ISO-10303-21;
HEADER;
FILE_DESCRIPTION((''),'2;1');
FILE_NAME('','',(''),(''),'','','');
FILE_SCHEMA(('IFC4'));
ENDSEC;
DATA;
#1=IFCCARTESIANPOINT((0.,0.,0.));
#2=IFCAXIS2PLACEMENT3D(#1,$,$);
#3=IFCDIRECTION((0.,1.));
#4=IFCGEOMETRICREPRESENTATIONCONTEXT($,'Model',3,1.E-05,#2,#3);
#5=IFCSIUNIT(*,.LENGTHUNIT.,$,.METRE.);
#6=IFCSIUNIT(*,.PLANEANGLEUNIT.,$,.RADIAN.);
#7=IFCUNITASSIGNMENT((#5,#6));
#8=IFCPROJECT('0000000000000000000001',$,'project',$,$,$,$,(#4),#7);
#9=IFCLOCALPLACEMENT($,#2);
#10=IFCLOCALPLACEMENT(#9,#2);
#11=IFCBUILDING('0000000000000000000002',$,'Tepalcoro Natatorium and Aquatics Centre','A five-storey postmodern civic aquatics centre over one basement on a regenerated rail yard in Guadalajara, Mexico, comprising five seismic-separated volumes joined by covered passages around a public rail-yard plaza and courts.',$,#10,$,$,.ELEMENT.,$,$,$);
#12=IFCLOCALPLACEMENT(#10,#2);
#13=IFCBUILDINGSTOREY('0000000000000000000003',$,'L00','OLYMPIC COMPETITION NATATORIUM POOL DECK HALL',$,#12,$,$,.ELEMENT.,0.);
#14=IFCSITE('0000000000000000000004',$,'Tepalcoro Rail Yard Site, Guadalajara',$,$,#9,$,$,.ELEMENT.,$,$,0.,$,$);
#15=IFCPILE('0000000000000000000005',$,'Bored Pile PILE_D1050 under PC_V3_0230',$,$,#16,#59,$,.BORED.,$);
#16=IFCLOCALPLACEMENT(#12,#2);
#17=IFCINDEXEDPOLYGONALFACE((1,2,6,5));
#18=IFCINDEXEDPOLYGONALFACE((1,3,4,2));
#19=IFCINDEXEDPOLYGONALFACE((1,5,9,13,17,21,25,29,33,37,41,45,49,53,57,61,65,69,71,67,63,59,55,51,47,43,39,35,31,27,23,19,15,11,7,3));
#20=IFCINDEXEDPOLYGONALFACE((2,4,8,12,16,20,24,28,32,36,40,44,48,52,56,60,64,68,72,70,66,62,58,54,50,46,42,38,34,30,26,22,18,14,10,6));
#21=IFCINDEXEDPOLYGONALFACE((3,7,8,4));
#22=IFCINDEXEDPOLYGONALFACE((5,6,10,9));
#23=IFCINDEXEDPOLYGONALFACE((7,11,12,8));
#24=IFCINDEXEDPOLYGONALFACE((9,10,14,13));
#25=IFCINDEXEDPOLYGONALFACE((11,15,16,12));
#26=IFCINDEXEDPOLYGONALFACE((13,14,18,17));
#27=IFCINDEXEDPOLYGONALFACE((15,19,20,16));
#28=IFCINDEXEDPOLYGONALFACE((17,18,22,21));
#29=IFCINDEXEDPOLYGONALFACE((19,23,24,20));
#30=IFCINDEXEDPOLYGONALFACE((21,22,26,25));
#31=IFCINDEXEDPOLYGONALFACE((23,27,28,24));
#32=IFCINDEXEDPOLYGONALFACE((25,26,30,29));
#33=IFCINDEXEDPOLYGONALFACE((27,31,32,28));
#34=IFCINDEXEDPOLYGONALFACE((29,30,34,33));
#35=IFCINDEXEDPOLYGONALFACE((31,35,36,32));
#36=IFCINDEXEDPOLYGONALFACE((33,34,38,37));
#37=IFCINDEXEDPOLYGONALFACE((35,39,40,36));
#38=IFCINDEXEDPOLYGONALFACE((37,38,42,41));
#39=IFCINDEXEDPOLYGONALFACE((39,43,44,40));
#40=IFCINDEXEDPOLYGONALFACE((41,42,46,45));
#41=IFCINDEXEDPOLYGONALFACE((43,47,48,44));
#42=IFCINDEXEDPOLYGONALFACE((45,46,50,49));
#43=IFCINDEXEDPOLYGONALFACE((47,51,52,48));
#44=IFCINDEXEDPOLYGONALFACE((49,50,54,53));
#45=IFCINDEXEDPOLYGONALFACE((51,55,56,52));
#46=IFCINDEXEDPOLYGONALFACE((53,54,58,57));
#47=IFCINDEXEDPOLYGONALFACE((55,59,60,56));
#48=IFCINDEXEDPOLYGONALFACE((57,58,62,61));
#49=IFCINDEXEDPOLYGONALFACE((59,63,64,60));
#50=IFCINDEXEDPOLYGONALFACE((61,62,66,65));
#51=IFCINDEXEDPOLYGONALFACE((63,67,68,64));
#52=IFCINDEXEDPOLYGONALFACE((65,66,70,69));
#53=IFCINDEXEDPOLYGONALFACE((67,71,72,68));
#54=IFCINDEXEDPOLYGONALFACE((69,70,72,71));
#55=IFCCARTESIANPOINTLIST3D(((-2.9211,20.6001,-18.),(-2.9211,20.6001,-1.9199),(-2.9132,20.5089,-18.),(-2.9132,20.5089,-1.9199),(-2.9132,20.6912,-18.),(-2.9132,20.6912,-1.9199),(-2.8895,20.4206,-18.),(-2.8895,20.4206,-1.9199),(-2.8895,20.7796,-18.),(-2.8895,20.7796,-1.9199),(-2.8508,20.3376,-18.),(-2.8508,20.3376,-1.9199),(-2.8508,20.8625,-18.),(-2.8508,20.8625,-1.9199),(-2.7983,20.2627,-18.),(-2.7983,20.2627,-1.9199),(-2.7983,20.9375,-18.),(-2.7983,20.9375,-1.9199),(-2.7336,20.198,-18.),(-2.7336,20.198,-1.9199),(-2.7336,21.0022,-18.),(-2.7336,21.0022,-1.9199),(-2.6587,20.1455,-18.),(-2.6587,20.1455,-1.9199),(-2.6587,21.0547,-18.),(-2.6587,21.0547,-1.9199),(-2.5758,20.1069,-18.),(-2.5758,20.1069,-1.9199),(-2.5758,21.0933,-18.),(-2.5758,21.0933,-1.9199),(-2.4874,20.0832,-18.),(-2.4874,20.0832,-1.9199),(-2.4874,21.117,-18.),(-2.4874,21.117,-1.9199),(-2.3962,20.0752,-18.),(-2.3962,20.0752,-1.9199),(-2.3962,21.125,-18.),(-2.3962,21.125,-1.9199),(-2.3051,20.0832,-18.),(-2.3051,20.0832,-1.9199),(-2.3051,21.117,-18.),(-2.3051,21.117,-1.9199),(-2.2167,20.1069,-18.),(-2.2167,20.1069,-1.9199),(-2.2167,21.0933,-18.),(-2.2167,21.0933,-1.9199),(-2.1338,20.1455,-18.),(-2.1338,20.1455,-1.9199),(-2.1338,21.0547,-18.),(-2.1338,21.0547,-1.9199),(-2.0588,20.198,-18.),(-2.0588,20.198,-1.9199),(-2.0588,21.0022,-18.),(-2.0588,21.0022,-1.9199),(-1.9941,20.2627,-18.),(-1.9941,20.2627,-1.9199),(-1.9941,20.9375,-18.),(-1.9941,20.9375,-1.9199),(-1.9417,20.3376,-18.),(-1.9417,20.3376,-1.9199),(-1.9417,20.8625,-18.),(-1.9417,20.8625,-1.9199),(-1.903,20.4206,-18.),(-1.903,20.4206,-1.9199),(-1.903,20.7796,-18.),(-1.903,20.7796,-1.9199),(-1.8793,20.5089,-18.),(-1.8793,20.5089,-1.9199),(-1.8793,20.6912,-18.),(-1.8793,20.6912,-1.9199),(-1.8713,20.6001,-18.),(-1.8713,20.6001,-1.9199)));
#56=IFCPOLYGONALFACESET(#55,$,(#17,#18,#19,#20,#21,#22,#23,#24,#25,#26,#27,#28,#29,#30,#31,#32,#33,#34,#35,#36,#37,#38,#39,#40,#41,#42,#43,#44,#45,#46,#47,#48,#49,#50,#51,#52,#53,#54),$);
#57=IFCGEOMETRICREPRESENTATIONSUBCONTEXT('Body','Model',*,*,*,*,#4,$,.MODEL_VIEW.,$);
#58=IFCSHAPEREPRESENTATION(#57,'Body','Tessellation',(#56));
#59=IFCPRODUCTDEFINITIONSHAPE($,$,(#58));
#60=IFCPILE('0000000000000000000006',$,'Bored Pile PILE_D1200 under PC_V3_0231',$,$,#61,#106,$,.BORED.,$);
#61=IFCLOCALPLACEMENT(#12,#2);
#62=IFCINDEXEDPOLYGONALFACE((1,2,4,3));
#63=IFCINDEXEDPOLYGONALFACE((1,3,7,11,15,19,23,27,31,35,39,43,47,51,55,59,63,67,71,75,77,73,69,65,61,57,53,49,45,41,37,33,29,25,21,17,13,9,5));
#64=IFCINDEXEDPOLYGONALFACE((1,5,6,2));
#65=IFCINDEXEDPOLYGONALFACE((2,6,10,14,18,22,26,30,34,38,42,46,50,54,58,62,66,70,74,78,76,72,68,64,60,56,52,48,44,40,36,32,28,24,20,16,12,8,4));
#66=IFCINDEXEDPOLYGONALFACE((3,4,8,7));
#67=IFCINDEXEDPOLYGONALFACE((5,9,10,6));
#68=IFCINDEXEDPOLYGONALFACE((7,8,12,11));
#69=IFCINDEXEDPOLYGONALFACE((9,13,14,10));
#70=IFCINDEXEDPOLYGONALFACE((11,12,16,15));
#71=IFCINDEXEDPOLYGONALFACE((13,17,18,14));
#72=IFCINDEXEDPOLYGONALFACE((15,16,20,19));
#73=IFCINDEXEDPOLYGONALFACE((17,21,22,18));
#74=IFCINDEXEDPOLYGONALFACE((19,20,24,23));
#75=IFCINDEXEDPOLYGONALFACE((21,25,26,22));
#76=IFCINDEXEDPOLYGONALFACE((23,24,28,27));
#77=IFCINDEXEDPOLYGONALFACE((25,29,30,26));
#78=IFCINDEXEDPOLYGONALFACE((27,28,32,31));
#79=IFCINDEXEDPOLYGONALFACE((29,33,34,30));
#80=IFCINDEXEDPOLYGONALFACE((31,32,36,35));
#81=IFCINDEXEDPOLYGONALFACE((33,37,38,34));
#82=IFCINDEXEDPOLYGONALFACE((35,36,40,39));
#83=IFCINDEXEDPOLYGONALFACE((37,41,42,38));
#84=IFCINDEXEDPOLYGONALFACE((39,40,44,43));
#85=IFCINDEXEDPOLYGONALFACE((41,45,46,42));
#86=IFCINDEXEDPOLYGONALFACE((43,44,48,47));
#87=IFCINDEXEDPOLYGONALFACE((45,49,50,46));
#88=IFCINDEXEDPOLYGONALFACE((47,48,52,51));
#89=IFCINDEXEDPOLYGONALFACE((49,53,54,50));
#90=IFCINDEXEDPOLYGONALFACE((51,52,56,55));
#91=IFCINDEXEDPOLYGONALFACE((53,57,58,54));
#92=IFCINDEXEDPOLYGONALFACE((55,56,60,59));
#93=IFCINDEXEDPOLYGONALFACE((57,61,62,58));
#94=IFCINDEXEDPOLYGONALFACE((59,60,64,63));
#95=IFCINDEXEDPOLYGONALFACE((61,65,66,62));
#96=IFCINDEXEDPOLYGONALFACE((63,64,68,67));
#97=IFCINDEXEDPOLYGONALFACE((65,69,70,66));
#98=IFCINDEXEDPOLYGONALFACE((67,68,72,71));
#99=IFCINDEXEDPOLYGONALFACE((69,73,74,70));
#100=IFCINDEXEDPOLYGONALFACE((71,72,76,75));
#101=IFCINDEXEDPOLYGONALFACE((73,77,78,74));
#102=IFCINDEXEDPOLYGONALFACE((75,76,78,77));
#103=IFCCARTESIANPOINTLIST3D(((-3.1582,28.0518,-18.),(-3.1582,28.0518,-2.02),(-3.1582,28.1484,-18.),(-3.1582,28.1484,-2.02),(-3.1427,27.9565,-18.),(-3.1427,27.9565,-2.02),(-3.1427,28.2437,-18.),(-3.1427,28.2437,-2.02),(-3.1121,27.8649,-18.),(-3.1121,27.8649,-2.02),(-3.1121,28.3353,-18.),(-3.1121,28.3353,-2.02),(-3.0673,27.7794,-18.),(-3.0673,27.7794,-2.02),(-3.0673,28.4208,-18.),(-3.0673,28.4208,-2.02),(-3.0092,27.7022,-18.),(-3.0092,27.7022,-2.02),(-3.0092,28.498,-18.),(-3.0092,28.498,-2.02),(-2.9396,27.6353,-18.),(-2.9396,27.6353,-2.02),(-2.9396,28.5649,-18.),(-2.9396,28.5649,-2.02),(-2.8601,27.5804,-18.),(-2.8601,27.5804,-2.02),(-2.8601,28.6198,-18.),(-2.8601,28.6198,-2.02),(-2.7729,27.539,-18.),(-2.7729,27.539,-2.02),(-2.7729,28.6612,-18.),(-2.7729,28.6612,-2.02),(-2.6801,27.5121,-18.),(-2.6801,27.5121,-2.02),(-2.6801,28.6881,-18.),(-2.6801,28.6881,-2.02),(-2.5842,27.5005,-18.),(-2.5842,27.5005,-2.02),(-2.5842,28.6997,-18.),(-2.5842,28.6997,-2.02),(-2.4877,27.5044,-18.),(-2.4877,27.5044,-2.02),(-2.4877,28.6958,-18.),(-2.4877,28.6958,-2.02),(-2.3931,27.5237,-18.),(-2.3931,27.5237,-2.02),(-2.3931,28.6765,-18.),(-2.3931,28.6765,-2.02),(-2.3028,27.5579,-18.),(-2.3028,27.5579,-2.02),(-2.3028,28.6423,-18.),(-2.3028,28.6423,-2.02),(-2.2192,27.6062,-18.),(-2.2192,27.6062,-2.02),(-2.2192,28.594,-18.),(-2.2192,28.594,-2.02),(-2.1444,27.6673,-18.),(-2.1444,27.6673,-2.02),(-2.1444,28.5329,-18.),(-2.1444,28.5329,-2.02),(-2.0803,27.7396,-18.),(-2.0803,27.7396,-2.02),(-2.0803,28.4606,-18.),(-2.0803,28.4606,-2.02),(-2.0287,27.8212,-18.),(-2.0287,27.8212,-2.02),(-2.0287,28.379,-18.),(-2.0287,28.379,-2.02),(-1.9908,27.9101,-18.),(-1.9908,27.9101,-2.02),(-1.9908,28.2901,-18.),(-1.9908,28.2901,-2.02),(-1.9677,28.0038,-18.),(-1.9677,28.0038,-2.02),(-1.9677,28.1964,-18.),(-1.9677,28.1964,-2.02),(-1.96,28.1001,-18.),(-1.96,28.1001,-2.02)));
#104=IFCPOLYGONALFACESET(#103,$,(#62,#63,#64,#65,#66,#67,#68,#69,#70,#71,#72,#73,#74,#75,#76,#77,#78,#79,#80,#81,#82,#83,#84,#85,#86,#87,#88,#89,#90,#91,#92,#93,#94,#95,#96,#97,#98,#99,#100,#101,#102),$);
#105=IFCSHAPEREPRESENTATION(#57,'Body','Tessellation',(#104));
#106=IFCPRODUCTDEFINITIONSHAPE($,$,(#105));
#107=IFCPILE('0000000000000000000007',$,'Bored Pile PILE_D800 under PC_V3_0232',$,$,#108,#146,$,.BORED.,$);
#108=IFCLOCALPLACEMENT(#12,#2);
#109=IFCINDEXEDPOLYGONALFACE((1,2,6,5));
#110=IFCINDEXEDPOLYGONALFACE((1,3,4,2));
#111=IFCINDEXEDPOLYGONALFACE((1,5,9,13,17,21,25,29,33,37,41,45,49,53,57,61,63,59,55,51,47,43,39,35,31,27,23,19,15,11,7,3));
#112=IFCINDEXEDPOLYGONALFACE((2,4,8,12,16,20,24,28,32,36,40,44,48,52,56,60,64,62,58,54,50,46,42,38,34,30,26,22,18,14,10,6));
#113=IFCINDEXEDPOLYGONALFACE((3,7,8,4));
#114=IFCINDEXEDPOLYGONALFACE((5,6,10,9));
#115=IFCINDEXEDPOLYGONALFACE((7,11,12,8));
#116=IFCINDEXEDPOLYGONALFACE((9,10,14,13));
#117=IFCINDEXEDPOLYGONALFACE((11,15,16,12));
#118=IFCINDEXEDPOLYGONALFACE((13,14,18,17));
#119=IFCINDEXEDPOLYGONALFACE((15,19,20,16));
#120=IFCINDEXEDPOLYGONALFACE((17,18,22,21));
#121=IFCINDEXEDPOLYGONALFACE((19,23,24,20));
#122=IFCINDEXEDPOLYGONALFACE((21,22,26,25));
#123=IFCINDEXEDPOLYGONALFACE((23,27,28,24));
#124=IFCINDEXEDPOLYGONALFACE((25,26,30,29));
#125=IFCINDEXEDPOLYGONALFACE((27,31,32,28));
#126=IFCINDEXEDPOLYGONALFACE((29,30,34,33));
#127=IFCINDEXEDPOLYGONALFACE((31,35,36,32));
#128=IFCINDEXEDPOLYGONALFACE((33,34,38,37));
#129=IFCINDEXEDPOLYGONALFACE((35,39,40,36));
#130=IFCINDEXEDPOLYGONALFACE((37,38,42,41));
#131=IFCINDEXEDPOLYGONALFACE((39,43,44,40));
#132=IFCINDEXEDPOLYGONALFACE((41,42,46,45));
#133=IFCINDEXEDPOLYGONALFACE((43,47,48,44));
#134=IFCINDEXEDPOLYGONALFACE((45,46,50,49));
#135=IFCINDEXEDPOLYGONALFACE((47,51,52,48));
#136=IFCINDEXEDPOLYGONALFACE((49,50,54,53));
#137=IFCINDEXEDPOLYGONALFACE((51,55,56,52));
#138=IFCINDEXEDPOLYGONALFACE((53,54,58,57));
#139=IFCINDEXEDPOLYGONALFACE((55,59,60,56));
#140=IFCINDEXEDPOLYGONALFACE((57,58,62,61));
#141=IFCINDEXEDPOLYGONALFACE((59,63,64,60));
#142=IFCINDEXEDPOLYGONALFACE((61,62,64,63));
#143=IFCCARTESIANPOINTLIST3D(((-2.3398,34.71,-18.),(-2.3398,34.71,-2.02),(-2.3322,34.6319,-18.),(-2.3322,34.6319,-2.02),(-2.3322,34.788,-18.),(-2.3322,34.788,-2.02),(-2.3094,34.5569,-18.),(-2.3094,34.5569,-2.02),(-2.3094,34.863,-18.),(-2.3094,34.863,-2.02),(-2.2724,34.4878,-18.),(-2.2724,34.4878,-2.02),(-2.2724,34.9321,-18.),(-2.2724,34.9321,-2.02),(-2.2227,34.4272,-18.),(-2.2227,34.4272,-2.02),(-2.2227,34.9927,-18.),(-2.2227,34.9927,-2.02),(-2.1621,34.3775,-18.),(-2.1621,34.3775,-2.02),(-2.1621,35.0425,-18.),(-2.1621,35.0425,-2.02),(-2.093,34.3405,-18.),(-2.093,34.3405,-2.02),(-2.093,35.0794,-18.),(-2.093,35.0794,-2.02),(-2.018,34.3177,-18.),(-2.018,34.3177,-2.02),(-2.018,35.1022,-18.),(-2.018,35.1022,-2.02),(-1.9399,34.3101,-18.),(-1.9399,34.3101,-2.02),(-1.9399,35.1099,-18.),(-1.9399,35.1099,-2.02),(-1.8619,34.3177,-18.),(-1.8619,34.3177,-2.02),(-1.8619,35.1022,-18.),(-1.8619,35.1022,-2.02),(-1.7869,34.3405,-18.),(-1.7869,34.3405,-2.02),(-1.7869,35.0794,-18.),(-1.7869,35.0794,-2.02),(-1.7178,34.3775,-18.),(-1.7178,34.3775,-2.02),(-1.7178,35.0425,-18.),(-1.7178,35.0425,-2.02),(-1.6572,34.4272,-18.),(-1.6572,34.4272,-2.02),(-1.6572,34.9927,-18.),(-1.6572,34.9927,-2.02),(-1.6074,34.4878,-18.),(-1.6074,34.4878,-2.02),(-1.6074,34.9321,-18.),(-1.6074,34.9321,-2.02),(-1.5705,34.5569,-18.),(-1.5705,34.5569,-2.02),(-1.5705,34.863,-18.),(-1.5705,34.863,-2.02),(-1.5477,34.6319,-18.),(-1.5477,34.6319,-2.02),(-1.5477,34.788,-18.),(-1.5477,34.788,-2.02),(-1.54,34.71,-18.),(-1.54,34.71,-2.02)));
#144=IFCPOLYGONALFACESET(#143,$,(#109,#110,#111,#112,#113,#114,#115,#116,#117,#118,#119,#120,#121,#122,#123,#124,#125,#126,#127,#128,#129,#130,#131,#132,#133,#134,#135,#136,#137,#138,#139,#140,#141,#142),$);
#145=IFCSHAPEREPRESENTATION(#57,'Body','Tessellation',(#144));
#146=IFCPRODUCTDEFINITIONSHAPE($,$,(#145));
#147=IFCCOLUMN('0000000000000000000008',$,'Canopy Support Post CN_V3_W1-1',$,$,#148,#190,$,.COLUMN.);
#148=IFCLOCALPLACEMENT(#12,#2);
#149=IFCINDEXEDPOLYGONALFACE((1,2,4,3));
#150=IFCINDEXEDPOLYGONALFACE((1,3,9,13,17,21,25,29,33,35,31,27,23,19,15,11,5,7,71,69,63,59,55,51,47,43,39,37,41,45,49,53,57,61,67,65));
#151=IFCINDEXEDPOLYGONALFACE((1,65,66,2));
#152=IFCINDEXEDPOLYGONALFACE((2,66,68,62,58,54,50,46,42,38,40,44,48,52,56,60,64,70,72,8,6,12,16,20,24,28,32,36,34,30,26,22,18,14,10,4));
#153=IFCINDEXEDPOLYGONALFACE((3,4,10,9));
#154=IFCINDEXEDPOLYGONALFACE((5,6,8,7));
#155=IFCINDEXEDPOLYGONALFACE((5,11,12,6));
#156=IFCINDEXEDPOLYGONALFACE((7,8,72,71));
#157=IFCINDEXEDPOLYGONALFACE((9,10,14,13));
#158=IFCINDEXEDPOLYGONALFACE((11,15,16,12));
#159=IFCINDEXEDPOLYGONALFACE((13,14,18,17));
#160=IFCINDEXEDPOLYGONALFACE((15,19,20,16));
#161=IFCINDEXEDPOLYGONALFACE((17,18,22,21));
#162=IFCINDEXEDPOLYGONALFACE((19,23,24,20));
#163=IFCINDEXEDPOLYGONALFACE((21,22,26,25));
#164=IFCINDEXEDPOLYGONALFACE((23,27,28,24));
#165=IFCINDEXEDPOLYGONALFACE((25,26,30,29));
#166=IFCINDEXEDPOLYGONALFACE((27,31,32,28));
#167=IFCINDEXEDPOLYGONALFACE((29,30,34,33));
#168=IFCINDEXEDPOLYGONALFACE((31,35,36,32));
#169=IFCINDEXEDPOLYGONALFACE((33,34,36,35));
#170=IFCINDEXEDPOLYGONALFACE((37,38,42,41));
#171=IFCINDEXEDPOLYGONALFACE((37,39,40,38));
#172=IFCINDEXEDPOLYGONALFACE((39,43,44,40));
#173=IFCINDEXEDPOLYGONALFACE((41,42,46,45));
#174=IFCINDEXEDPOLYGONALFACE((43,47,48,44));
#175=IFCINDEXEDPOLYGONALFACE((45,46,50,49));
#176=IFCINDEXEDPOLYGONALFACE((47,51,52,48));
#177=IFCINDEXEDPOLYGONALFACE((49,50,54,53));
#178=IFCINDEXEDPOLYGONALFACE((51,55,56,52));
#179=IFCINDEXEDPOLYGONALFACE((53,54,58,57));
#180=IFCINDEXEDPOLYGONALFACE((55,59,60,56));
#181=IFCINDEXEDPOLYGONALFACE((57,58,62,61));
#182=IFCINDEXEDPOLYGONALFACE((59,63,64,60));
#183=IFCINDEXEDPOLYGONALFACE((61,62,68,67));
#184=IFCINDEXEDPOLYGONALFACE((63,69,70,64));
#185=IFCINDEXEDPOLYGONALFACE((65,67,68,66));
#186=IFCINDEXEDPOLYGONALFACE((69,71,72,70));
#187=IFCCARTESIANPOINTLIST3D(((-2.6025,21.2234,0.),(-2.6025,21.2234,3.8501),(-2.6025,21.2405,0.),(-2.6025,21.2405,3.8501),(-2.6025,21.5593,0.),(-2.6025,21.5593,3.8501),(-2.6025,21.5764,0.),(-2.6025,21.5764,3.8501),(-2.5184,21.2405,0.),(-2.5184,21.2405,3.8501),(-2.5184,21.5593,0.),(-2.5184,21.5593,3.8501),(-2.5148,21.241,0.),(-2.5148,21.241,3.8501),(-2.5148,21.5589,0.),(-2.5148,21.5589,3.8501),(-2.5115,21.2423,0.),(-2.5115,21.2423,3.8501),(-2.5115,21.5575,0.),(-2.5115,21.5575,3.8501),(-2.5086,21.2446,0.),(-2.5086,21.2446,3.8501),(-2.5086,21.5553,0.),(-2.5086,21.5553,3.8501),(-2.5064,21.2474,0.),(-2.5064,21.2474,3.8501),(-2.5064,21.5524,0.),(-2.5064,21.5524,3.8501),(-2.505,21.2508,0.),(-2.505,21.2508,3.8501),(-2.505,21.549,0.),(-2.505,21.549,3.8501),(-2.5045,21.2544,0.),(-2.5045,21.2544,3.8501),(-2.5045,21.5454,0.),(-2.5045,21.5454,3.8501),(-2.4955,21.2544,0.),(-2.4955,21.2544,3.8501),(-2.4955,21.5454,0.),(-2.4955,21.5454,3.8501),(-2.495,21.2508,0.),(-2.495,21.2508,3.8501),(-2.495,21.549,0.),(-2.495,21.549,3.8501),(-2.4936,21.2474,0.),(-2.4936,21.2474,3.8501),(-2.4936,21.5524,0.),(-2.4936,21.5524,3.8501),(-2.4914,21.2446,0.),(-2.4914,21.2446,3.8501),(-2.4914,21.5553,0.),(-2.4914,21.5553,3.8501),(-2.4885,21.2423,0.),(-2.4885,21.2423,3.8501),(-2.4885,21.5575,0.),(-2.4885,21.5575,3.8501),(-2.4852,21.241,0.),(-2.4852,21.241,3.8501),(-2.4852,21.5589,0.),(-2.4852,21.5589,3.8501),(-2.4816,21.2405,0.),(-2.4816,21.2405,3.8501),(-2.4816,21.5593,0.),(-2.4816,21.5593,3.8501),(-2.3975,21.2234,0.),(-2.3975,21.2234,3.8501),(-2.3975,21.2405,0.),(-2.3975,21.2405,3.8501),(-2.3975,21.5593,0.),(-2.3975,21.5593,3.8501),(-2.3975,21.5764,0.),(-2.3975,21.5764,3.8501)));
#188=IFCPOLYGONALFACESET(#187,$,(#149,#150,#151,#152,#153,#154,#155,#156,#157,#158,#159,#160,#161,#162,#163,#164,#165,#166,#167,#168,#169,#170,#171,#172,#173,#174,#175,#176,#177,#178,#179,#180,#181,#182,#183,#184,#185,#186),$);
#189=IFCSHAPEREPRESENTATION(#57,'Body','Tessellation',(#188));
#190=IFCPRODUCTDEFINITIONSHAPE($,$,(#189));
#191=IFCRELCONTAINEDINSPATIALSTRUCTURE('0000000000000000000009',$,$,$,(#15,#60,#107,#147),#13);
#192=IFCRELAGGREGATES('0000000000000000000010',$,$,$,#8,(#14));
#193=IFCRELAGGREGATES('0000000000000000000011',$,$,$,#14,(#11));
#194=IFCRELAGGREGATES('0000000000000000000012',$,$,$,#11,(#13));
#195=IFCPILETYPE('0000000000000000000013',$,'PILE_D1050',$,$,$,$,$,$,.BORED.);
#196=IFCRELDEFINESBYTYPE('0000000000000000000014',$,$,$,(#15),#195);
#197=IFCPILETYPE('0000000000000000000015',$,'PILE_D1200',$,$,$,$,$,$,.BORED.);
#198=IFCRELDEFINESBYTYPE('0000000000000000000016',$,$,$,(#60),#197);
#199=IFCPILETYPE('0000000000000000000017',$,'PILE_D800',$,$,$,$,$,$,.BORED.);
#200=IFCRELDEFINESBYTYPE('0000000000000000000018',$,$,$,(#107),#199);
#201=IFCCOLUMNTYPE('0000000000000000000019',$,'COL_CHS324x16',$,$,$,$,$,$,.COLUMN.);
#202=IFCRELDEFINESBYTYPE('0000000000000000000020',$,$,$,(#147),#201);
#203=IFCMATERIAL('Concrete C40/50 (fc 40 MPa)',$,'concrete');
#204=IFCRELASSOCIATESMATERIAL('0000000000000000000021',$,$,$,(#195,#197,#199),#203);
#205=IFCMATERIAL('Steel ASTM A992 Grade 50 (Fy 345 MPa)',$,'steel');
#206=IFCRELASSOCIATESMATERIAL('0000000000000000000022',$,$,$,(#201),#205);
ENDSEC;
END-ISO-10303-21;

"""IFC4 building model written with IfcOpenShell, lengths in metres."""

from ifc_helpers import new_model, si_unit, direction, frame, origin, origin_2d, place, context, subcontext, project, spatial, circle, i_section, extrude, material, material_profile, profile_set, type_object, element, save


model = new_model("IFC4")

# Units and contexts
model_context = context("Model", 3, precision=1e-05, world=origin(), true_north=direction((0.0, 1.0)))
body_context = subcontext(model_context, "Body", "Model", "MODEL_VIEW")
ifc_project = project(units=[si_unit("LENGTHUNIT", "METRE"), si_unit("PLANEANGLEUNIT", "RADIAN")], contexts=[model_context])

# Site, building, storey
site_placement = place(None, origin())
site = spatial("IfcSite", under=ifc_project, at=site_placement, Name="Tepalcoro Rail Yard Site, Guadalajara", CompositionType="ELEMENT", RefElevation=0.0)
building_placement = place(site_placement, origin())
building = spatial("IfcBuilding", under=site, at=building_placement, Name="Tepalcoro Natatorium and Aquatics Centre", Description="A five-storey postmodern civic aquatics centre over one basement on a regenerated rail yard in Guadalajara, Mexico, comprising five seismic-separated volumes joined by covered passages around a public rail-yard plaza and courts.", CompositionType="ELEMENT")
storey_placement = place(building_placement, origin())
storey = spatial("IfcBuildingStorey", under=building, at=storey_placement, Name="L00", Description="OLYMPIC COMPETITION NATATORIUM POOL DECK HALL", CompositionType="ELEMENT", Elevation=0.0)

# Piles
ifc_material_1 = material(Name="Concrete C40/50 (fc 40 MPa)", Category="concrete")
ifc_material_profile_1 = material_profile(ifc_material_1, circle(Radius=0.5249, at=origin_2d()), Name="PILE_D1050")
ifc_profile_set_1 = profile_set([ifc_material_profile_1], Name="Concrete C40/50 (fc 40 MPa)")
pile_type_1 = type_object("IfcPileType", Name="PILE_D1050", PredefinedType="BORED", material=ifc_profile_set_1)
pile_1_placement = place(storey_placement, frame((-2.3962, 20.6001, -1.9199), z_axis=(0.0, 0.0, -1.0), x_axis=(1.0, 0.0, 0.0)))
element("IfcPile", 1, at=pile_1_placement, inside=storey, type_object=pile_type_1, Name="Bored Pile PILE_D1050 under PC_V3_0230", PredefinedType="BORED", context=body_context, shape_type="SweptSolid", body=[
    extrude(circle(Radius=0.5249, at=origin_2d()), origin(), (0.0, 0.0, 1.0), 16.0801),
])
ifc_material_profile_2 = material_profile(ifc_material_1, circle(Radius=0.6001, at=origin_2d()), Name="PILE_D1200")
ifc_profile_set_2 = profile_set([ifc_material_profile_2], Name="Concrete C40/50 (fc 40 MPa)")
pile_type_2 = type_object("IfcPileType", Name="PILE_D1200", PredefinedType="BORED", material=ifc_profile_set_2)
pile_2_placement = place(storey_placement, frame((-2.5601, 28.1001, -2.02), z_axis=(0.0, 0.0, -1.0), x_axis=(1.0, 0.0, 0.0)))
element("IfcPile", 2, at=pile_2_placement, inside=storey, type_object=pile_type_2, Name="Bored Pile PILE_D1200 under PC_V3_0231", PredefinedType="BORED", context=body_context, shape_type="SweptSolid", body=[
    extrude(circle(Radius=0.6001, at=origin_2d()), origin(), (0.0, 0.0, 1.0), 15.98),
])
ifc_material_profile_3 = material_profile(ifc_material_1, circle(Radius=0.3999, at=origin_2d()), Name="PILE_D800")
ifc_profile_set_3 = profile_set([ifc_material_profile_3], Name="Concrete C40/50 (fc 40 MPa)")
pile_type_3 = type_object("IfcPileType", Name="PILE_D800", PredefinedType="BORED", material=ifc_profile_set_3)
pile_3_placement = place(storey_placement, frame((-1.9399, 34.71, -2.02), z_axis=(0.0, 0.0, -1.0), x_axis=(1.0, 0.0, 0.0)))
element("IfcPile", 3, at=pile_3_placement, inside=storey, type_object=pile_type_3, Name="Bored Pile PILE_D800 under PC_V3_0232", PredefinedType="BORED", context=body_context, shape_type="SweptSolid", body=[
    extrude(circle(Radius=0.3999, at=origin_2d()), origin(), (0.0, 0.0, 1.0), 15.98),
])

# Column
ifc_material_2 = material(Name="Steel ASTM A992 Grade 50 (Fy 345 MPa)", Category="steel")
ifc_material_profile_4 = material_profile(ifc_material_2, i_section(OverallWidth=0.2051, OverallDepth=0.353, WebThickness=0.009, FlangeThickness=0.0171, FilletRadius=0.0139, at=origin_2d()), Name="W14X53")
ifc_profile_set_4 = profile_set([ifc_material_profile_4], Name="Steel ASTM A992 Grade 50 (Fy 345 MPa)")
column_type_1 = type_object("IfcColumnType", Name="COL_CHS324x16", PredefinedType="COLUMN", material=ifc_profile_set_4)
for number, where, z_axis, x_axis, name in (
    (4, (-2.5, 21.3999, 0.0), (0.0, 0.0, 1.0), (1.0, 0.0, 0.0), "Canopy Support Post CN_V3_W1-1"),
):
    element("IfcColumn", number, at=place(storey_placement, frame(where, z_axis=z_axis, x_axis=x_axis)), inside=storey, type_object=column_type_1, Name=name, PredefinedType="COLUMN", context=body_context, shape_type="SweptSolid", body=[
        extrude(i_section(OverallWidth=0.2051, OverallDepth=0.353, WebThickness=0.009, FlangeThickness=0.0171, FilletRadius=0.0139, at=origin_2d()), origin(), (0.0, 0.0, 1.0), 3.8501),
    ])

save(model, "model.ifc")
